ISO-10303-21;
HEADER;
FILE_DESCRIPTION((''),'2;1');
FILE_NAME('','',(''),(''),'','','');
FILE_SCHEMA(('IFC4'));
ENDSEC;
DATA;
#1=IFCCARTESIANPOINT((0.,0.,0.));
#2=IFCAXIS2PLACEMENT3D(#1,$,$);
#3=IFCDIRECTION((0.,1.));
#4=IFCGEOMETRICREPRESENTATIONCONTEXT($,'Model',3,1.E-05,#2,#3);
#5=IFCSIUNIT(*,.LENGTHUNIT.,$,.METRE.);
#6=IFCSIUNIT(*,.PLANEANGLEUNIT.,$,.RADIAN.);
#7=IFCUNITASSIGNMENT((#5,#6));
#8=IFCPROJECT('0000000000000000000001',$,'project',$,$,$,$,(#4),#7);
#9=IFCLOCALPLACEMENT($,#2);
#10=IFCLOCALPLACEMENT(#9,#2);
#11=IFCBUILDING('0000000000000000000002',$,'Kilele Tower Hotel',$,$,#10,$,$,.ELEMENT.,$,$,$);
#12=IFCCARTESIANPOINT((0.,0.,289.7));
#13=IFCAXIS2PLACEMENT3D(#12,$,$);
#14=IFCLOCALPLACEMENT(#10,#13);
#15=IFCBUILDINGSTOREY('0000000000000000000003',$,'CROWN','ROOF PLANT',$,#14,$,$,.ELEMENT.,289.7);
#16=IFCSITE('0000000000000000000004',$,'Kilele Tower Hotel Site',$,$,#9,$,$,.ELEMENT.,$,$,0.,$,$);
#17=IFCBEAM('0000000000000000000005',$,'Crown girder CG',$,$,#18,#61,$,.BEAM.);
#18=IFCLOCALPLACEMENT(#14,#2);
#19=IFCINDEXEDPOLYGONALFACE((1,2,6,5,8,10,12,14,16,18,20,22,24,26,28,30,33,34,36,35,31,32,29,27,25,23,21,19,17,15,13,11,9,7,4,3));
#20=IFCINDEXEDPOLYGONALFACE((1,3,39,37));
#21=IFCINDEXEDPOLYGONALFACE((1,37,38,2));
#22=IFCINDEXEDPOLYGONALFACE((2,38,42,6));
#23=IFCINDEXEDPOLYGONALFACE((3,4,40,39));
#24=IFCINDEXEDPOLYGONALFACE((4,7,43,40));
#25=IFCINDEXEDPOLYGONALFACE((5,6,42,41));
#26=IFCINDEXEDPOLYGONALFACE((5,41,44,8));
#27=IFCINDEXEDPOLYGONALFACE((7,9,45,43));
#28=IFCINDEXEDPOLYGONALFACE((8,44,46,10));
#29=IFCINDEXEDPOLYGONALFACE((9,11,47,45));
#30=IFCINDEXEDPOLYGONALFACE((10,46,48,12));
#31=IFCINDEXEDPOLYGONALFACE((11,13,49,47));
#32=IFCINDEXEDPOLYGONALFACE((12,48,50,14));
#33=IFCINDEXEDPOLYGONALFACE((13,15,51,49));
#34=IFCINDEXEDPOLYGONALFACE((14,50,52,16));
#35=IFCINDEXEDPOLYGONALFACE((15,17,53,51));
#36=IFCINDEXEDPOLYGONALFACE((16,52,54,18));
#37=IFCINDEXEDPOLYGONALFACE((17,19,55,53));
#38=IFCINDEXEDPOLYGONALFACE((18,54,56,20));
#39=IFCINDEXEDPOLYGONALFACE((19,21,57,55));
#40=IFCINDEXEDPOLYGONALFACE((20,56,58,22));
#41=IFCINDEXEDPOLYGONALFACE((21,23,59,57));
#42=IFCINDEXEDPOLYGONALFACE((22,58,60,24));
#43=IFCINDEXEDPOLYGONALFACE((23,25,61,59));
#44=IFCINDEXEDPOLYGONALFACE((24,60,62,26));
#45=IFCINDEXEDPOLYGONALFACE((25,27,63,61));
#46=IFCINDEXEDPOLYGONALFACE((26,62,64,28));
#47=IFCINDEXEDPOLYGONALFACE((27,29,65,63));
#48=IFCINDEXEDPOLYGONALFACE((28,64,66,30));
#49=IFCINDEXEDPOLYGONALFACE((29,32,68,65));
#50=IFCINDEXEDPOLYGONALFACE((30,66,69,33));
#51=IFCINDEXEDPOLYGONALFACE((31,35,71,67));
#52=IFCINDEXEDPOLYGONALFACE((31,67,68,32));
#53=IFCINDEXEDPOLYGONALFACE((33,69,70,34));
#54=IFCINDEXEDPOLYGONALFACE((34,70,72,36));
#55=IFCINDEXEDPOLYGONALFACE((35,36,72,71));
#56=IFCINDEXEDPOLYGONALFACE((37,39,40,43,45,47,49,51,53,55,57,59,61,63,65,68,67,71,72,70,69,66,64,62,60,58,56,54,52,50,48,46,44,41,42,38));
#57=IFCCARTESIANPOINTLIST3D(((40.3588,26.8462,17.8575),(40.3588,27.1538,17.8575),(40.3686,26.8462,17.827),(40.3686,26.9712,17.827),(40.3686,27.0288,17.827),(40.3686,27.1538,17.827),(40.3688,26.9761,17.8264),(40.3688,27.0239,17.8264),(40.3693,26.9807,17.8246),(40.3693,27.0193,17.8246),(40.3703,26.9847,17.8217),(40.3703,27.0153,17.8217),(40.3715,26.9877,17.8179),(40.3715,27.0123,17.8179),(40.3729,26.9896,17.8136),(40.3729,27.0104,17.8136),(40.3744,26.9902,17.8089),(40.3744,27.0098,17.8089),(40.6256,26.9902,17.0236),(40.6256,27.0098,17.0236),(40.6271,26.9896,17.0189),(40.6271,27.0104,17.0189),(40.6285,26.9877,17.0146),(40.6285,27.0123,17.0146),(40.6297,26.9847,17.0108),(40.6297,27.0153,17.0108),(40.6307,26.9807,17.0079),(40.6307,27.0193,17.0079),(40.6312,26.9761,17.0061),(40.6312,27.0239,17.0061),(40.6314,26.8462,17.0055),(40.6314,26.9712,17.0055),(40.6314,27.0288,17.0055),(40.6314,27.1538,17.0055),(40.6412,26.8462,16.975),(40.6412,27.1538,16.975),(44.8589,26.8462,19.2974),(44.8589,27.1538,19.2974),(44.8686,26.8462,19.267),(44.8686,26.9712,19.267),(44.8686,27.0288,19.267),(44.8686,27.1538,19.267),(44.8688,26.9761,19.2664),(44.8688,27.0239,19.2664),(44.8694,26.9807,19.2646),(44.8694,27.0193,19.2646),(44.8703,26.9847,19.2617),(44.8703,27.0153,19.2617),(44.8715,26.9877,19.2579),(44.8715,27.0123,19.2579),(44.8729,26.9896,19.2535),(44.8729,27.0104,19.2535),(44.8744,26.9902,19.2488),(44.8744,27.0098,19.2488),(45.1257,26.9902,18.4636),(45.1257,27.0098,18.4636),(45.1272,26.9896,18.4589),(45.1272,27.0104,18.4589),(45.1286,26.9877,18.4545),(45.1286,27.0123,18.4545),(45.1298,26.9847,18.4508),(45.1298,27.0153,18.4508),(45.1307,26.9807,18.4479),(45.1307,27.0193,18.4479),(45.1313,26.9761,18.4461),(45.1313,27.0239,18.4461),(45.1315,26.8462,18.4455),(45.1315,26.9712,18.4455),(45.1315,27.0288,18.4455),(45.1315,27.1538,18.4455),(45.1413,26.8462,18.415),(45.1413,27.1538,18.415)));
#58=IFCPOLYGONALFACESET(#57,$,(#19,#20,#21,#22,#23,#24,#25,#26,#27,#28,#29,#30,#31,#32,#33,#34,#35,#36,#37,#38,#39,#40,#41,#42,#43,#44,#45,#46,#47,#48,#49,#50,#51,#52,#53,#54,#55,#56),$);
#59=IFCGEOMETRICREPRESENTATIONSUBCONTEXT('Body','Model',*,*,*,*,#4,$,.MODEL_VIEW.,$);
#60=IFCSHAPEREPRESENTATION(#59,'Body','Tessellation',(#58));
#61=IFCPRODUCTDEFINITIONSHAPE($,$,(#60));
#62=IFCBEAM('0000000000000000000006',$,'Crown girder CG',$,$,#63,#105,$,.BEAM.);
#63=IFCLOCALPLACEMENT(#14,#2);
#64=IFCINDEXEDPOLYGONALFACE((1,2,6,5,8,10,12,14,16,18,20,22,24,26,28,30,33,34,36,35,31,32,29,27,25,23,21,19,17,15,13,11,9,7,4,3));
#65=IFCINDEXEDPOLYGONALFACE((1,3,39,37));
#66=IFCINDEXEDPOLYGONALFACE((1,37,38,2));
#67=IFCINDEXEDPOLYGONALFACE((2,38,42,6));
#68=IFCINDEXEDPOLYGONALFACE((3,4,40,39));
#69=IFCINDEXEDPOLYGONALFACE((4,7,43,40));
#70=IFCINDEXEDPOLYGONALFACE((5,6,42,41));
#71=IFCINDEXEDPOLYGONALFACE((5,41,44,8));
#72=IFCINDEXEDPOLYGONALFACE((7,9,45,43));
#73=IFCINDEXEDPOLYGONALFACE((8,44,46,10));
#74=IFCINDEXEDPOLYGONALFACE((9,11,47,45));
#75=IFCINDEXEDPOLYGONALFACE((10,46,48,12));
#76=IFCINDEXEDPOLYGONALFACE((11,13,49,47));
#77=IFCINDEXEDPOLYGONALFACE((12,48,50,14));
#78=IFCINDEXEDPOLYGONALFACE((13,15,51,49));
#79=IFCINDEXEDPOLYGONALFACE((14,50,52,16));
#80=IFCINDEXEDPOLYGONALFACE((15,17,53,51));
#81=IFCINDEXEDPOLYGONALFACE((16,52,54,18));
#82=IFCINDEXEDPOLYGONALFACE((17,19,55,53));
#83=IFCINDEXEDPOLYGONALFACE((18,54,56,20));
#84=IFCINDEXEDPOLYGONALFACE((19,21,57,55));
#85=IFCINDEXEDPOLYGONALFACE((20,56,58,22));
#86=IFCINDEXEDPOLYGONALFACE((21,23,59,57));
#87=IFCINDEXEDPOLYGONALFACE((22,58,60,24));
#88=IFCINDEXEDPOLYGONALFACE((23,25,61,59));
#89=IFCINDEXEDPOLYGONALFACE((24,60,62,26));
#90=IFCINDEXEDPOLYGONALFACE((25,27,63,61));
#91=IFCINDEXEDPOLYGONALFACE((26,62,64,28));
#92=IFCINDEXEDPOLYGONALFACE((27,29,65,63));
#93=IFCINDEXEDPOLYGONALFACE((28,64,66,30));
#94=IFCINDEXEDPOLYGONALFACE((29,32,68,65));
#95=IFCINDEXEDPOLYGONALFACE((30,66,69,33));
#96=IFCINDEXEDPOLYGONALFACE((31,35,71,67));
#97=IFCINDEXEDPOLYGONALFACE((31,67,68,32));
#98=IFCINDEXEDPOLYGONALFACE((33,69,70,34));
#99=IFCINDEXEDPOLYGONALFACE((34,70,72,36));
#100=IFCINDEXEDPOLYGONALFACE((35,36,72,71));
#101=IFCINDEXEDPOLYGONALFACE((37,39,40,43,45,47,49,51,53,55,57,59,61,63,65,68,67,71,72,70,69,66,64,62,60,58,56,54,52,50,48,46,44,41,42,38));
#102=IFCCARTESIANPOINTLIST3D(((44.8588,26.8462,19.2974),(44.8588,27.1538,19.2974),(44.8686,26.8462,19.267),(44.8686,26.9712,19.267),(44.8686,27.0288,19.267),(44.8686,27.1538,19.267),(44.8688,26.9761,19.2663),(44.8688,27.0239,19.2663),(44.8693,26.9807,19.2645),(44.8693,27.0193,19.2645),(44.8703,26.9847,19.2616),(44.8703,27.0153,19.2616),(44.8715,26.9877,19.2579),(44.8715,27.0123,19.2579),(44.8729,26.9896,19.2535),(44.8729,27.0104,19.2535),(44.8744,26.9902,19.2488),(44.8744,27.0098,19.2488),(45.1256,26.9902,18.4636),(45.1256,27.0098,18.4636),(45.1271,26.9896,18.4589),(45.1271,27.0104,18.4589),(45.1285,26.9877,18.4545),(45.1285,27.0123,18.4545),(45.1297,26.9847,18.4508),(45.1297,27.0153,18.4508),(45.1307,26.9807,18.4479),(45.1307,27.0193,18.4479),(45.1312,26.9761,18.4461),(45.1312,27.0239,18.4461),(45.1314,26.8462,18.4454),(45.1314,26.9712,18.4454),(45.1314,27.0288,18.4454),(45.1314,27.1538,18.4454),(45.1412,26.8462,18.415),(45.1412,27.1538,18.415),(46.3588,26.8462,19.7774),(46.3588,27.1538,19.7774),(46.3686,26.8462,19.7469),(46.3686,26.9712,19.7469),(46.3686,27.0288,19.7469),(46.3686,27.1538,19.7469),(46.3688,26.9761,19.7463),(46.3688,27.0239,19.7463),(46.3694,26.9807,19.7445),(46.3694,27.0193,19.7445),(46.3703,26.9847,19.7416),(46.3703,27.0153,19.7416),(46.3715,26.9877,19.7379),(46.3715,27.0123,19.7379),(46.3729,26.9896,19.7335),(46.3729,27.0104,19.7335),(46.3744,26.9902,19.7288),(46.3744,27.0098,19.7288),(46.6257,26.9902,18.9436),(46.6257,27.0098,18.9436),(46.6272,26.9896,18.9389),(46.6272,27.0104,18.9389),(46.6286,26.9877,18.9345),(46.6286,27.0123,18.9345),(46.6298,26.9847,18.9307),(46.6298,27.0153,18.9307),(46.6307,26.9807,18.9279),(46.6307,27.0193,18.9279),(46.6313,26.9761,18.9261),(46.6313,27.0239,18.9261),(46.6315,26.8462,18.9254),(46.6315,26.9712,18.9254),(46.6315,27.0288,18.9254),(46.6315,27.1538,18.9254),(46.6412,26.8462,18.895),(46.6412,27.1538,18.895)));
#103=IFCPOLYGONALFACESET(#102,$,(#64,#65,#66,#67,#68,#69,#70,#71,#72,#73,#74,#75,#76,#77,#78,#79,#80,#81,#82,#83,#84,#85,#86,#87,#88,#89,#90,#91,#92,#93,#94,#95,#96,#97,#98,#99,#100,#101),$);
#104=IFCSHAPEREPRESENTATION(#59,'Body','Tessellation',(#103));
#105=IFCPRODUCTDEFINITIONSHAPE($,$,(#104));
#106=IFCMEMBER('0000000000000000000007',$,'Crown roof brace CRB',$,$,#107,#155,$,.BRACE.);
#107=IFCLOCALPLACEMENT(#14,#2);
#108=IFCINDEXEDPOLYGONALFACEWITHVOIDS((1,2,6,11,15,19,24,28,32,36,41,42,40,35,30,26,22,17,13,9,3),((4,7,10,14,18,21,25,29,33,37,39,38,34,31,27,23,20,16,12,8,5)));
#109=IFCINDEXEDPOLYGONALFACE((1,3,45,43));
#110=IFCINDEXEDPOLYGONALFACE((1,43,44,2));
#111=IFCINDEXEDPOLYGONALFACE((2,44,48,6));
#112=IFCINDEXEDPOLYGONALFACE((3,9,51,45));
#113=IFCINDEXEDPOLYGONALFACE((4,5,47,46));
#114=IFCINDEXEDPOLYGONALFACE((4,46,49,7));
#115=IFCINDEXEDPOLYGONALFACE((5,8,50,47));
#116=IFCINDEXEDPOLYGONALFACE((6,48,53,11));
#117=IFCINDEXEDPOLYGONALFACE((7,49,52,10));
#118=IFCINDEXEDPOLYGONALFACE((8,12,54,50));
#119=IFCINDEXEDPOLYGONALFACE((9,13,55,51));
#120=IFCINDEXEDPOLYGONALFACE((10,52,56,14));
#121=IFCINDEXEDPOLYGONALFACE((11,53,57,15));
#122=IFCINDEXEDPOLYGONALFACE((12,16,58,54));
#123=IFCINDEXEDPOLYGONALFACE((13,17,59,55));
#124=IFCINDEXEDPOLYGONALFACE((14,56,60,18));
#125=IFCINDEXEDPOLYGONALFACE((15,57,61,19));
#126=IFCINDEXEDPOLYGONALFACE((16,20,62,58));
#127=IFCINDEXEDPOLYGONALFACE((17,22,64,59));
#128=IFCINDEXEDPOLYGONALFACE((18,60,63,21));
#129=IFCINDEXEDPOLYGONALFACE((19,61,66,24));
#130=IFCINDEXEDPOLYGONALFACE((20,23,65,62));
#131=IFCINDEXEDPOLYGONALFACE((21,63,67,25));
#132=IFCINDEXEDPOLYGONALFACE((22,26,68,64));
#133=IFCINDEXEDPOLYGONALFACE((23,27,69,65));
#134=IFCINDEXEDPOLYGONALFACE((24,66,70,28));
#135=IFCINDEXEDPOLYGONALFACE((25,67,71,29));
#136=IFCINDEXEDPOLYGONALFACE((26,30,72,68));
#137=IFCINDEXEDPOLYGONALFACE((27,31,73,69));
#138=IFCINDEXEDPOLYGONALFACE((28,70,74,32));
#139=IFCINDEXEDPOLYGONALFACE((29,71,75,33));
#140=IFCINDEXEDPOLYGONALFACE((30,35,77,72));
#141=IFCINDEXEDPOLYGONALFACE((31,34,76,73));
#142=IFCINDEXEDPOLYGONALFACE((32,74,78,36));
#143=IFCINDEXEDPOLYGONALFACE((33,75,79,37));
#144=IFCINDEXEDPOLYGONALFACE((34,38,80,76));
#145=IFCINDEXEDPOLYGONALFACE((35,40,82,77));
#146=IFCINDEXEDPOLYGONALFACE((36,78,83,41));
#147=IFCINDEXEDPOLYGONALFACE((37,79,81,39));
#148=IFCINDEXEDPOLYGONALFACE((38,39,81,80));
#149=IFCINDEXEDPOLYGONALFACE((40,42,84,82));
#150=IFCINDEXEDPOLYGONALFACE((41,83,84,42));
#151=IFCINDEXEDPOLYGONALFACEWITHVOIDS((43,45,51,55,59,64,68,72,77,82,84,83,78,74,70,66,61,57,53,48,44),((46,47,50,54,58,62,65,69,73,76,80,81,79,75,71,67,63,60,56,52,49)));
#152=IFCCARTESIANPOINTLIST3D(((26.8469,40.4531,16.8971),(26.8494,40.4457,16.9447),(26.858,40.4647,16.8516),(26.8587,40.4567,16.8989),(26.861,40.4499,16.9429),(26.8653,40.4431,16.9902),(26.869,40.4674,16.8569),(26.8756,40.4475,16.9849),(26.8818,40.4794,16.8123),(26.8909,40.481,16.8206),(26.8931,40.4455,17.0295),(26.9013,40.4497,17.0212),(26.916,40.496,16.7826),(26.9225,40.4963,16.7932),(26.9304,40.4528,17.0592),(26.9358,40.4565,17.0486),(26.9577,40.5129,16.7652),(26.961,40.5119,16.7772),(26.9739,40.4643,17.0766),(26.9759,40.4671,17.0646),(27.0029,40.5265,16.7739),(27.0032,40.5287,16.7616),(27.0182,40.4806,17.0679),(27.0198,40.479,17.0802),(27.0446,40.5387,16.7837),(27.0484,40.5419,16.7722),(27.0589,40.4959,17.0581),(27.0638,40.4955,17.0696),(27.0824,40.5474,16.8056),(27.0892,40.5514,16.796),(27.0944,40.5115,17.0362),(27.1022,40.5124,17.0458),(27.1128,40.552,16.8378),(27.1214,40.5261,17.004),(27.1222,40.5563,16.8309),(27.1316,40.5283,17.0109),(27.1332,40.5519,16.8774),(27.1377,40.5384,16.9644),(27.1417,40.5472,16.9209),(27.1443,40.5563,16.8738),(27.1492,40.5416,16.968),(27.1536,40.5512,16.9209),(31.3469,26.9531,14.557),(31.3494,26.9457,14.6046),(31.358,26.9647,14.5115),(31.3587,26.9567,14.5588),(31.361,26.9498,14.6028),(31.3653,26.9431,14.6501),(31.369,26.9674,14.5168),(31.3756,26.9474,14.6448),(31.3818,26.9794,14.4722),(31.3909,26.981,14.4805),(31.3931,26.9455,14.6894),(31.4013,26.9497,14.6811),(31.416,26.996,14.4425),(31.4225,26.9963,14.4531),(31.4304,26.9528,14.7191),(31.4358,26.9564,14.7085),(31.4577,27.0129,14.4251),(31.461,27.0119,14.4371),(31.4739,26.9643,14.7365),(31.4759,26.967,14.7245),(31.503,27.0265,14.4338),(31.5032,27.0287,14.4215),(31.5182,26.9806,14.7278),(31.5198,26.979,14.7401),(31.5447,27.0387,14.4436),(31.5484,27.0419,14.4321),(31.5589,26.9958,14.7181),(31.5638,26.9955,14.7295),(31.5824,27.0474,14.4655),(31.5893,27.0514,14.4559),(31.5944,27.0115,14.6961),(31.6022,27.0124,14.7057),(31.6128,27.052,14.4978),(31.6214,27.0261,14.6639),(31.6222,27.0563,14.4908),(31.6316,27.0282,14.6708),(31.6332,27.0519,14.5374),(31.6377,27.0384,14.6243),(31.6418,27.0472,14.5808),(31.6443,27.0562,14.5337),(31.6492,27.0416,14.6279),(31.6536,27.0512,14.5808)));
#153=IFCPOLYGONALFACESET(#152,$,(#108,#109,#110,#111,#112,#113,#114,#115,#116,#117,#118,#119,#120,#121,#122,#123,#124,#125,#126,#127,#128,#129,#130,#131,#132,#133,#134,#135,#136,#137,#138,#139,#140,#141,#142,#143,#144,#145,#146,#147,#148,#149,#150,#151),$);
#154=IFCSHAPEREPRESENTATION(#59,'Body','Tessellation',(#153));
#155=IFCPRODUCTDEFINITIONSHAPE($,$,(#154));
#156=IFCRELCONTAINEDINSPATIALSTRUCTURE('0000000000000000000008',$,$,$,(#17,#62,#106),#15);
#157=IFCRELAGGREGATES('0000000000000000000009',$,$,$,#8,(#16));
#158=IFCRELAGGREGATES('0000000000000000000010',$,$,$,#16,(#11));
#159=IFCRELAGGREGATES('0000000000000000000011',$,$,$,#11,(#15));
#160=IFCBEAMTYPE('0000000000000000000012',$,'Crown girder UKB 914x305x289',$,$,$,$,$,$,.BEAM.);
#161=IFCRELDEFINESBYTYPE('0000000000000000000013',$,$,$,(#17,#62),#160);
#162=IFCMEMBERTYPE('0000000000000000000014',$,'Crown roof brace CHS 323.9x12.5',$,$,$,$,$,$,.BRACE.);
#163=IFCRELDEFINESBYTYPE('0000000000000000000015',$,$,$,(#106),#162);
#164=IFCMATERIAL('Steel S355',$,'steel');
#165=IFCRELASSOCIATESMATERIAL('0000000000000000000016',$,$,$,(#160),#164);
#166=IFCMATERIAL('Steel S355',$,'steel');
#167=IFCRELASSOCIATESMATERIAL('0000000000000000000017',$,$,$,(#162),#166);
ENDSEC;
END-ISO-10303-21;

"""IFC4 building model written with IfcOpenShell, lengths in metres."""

from ifc_helpers import new_model, si_unit, direction, frame, origin, origin_2d, place, context, subcontext, project, spatial, hollow_circle, i_section, extrude, material, material_profile, profile_set, type_object, element, save


model = new_model("IFC4")

# Units and contexts
model_context = context("Model", 3, precision=1e-05, world=origin(), true_north=direction((0.0, 1.0)))
body_context = subcontext(model_context, "Body", "Model", "MODEL_VIEW")
ifc_project = project(units=[si_unit("LENGTHUNIT", "METRE"), si_unit("PLANEANGLEUNIT", "RADIAN")], contexts=[model_context])

# Site, building, storey
site_placement = place(None, origin())
site = spatial("IfcSite", under=ifc_project, at=site_placement, Name="Kilele Tower Hotel Site", CompositionType="ELEMENT", RefElevation=0.0)
building_placement = place(site_placement, origin())
building = spatial("IfcBuilding", under=site, at=building_placement, Name="Kilele Tower Hotel", CompositionType="ELEMENT")
storey_placement = place(building_placement, frame((0.0, 0.0, 289.7)))
storey = spatial("IfcBuildingStorey", under=building, at=storey_placement, Name="CROWN", Description="ROOF PLANT", CompositionType="ELEMENT", Elevation=289.7)

# Beams
ifc_material_1 = material(Name="Steel S355", Category="steel")
ifc_material_profile_1 = material_profile(ifc_material_1, i_section(OverallWidth=0.3076, OverallDepth=0.9265, WebThickness=0.0195, FlangeThickness=0.032, FilletRadius=0.019, at=origin_2d()))
ifc_profile_set_1 = profile_set([ifc_material_profile_1], Name="Steel S355")
beam_type_1 = type_object("IfcBeamType", Name="Crown girder UKB 914x305x289", PredefinedType="BEAM", material=ifc_profile_set_1)
beam_1_placement = place(storey_placement, frame((40.5, 27.0, 17.4163), z_axis=(0.952428, 0.0, 0.304764), x_axis=(0.0, 1.0, 0.0)))
element("IfcBeam", 1, at=beam_1_placement, inside=storey, type_object=beam_type_1, Name="Crown girder CG", PredefinedType="BEAM", context=body_context, shape_type="SweptSolid", body=[
    extrude(i_section(OverallWidth=0.3076, OverallDepth=0.9265, WebThickness=0.0195, FlangeThickness=0.032, FilletRadius=0.019, at=origin_2d()), origin(), (0.0, 0.0, 1.0), 4.7249),
])
beam_2_placement = place(storey_placement, frame((45.0, 27.0, 18.8562), z_axis=(0.952428, 0.0, 0.304764), x_axis=(0.0, 1.0, 0.0)))
element("IfcBeam", 2, at=beam_2_placement, inside=storey, type_object=beam_type_1, Name="Crown girder CG", PredefinedType="BEAM", context=body_context, shape_type="SweptSolid", body=[
    extrude(i_section(OverallWidth=0.3076, OverallDepth=0.9265, WebThickness=0.0195, FlangeThickness=0.032, FilletRadius=0.019, at=origin_2d()), origin(), (0.0, 0.0, 1.0), 1.575),
])

# Member
ifc_material_2 = material(Name="Steel S355", Category="steel")
ifc_material_profile_2 = material_profile(ifc_material_2, hollow_circle(Radius=0.1619, WallThickness=0.0125, at=origin_2d()))
ifc_profile_set_2 = profile_set([ifc_material_profile_2], Name="Steel S355")
member_type = type_object("IfcMemberType", Name="Crown roof brace CHS 323.9x12.5", PredefinedType="BRACE", material=ifc_profile_set_2)
for number, where, z_axis, x_axis, name in (
    (3, (27.0, 40.5, 16.9209), (0.312037, -0.936111, -0.162265), (0.948683, 0.316228, 0.0), "Crown roof brace CRB"),
):
    element("IfcMember", number, at=place(storey_placement, frame(where, z_axis=z_axis, x_axis=x_axis)), inside=storey, type_object=member_type, Name=name, PredefinedType="BRACE", context=body_context, shape_type="SweptSolid", body=[
        extrude(hollow_circle(Radius=0.1619, WallThickness=0.0125, at=origin_2d()), origin(), (0.0, 0.0, 1.0), 14.4214),
    ])

save(model, "model.ifc")
